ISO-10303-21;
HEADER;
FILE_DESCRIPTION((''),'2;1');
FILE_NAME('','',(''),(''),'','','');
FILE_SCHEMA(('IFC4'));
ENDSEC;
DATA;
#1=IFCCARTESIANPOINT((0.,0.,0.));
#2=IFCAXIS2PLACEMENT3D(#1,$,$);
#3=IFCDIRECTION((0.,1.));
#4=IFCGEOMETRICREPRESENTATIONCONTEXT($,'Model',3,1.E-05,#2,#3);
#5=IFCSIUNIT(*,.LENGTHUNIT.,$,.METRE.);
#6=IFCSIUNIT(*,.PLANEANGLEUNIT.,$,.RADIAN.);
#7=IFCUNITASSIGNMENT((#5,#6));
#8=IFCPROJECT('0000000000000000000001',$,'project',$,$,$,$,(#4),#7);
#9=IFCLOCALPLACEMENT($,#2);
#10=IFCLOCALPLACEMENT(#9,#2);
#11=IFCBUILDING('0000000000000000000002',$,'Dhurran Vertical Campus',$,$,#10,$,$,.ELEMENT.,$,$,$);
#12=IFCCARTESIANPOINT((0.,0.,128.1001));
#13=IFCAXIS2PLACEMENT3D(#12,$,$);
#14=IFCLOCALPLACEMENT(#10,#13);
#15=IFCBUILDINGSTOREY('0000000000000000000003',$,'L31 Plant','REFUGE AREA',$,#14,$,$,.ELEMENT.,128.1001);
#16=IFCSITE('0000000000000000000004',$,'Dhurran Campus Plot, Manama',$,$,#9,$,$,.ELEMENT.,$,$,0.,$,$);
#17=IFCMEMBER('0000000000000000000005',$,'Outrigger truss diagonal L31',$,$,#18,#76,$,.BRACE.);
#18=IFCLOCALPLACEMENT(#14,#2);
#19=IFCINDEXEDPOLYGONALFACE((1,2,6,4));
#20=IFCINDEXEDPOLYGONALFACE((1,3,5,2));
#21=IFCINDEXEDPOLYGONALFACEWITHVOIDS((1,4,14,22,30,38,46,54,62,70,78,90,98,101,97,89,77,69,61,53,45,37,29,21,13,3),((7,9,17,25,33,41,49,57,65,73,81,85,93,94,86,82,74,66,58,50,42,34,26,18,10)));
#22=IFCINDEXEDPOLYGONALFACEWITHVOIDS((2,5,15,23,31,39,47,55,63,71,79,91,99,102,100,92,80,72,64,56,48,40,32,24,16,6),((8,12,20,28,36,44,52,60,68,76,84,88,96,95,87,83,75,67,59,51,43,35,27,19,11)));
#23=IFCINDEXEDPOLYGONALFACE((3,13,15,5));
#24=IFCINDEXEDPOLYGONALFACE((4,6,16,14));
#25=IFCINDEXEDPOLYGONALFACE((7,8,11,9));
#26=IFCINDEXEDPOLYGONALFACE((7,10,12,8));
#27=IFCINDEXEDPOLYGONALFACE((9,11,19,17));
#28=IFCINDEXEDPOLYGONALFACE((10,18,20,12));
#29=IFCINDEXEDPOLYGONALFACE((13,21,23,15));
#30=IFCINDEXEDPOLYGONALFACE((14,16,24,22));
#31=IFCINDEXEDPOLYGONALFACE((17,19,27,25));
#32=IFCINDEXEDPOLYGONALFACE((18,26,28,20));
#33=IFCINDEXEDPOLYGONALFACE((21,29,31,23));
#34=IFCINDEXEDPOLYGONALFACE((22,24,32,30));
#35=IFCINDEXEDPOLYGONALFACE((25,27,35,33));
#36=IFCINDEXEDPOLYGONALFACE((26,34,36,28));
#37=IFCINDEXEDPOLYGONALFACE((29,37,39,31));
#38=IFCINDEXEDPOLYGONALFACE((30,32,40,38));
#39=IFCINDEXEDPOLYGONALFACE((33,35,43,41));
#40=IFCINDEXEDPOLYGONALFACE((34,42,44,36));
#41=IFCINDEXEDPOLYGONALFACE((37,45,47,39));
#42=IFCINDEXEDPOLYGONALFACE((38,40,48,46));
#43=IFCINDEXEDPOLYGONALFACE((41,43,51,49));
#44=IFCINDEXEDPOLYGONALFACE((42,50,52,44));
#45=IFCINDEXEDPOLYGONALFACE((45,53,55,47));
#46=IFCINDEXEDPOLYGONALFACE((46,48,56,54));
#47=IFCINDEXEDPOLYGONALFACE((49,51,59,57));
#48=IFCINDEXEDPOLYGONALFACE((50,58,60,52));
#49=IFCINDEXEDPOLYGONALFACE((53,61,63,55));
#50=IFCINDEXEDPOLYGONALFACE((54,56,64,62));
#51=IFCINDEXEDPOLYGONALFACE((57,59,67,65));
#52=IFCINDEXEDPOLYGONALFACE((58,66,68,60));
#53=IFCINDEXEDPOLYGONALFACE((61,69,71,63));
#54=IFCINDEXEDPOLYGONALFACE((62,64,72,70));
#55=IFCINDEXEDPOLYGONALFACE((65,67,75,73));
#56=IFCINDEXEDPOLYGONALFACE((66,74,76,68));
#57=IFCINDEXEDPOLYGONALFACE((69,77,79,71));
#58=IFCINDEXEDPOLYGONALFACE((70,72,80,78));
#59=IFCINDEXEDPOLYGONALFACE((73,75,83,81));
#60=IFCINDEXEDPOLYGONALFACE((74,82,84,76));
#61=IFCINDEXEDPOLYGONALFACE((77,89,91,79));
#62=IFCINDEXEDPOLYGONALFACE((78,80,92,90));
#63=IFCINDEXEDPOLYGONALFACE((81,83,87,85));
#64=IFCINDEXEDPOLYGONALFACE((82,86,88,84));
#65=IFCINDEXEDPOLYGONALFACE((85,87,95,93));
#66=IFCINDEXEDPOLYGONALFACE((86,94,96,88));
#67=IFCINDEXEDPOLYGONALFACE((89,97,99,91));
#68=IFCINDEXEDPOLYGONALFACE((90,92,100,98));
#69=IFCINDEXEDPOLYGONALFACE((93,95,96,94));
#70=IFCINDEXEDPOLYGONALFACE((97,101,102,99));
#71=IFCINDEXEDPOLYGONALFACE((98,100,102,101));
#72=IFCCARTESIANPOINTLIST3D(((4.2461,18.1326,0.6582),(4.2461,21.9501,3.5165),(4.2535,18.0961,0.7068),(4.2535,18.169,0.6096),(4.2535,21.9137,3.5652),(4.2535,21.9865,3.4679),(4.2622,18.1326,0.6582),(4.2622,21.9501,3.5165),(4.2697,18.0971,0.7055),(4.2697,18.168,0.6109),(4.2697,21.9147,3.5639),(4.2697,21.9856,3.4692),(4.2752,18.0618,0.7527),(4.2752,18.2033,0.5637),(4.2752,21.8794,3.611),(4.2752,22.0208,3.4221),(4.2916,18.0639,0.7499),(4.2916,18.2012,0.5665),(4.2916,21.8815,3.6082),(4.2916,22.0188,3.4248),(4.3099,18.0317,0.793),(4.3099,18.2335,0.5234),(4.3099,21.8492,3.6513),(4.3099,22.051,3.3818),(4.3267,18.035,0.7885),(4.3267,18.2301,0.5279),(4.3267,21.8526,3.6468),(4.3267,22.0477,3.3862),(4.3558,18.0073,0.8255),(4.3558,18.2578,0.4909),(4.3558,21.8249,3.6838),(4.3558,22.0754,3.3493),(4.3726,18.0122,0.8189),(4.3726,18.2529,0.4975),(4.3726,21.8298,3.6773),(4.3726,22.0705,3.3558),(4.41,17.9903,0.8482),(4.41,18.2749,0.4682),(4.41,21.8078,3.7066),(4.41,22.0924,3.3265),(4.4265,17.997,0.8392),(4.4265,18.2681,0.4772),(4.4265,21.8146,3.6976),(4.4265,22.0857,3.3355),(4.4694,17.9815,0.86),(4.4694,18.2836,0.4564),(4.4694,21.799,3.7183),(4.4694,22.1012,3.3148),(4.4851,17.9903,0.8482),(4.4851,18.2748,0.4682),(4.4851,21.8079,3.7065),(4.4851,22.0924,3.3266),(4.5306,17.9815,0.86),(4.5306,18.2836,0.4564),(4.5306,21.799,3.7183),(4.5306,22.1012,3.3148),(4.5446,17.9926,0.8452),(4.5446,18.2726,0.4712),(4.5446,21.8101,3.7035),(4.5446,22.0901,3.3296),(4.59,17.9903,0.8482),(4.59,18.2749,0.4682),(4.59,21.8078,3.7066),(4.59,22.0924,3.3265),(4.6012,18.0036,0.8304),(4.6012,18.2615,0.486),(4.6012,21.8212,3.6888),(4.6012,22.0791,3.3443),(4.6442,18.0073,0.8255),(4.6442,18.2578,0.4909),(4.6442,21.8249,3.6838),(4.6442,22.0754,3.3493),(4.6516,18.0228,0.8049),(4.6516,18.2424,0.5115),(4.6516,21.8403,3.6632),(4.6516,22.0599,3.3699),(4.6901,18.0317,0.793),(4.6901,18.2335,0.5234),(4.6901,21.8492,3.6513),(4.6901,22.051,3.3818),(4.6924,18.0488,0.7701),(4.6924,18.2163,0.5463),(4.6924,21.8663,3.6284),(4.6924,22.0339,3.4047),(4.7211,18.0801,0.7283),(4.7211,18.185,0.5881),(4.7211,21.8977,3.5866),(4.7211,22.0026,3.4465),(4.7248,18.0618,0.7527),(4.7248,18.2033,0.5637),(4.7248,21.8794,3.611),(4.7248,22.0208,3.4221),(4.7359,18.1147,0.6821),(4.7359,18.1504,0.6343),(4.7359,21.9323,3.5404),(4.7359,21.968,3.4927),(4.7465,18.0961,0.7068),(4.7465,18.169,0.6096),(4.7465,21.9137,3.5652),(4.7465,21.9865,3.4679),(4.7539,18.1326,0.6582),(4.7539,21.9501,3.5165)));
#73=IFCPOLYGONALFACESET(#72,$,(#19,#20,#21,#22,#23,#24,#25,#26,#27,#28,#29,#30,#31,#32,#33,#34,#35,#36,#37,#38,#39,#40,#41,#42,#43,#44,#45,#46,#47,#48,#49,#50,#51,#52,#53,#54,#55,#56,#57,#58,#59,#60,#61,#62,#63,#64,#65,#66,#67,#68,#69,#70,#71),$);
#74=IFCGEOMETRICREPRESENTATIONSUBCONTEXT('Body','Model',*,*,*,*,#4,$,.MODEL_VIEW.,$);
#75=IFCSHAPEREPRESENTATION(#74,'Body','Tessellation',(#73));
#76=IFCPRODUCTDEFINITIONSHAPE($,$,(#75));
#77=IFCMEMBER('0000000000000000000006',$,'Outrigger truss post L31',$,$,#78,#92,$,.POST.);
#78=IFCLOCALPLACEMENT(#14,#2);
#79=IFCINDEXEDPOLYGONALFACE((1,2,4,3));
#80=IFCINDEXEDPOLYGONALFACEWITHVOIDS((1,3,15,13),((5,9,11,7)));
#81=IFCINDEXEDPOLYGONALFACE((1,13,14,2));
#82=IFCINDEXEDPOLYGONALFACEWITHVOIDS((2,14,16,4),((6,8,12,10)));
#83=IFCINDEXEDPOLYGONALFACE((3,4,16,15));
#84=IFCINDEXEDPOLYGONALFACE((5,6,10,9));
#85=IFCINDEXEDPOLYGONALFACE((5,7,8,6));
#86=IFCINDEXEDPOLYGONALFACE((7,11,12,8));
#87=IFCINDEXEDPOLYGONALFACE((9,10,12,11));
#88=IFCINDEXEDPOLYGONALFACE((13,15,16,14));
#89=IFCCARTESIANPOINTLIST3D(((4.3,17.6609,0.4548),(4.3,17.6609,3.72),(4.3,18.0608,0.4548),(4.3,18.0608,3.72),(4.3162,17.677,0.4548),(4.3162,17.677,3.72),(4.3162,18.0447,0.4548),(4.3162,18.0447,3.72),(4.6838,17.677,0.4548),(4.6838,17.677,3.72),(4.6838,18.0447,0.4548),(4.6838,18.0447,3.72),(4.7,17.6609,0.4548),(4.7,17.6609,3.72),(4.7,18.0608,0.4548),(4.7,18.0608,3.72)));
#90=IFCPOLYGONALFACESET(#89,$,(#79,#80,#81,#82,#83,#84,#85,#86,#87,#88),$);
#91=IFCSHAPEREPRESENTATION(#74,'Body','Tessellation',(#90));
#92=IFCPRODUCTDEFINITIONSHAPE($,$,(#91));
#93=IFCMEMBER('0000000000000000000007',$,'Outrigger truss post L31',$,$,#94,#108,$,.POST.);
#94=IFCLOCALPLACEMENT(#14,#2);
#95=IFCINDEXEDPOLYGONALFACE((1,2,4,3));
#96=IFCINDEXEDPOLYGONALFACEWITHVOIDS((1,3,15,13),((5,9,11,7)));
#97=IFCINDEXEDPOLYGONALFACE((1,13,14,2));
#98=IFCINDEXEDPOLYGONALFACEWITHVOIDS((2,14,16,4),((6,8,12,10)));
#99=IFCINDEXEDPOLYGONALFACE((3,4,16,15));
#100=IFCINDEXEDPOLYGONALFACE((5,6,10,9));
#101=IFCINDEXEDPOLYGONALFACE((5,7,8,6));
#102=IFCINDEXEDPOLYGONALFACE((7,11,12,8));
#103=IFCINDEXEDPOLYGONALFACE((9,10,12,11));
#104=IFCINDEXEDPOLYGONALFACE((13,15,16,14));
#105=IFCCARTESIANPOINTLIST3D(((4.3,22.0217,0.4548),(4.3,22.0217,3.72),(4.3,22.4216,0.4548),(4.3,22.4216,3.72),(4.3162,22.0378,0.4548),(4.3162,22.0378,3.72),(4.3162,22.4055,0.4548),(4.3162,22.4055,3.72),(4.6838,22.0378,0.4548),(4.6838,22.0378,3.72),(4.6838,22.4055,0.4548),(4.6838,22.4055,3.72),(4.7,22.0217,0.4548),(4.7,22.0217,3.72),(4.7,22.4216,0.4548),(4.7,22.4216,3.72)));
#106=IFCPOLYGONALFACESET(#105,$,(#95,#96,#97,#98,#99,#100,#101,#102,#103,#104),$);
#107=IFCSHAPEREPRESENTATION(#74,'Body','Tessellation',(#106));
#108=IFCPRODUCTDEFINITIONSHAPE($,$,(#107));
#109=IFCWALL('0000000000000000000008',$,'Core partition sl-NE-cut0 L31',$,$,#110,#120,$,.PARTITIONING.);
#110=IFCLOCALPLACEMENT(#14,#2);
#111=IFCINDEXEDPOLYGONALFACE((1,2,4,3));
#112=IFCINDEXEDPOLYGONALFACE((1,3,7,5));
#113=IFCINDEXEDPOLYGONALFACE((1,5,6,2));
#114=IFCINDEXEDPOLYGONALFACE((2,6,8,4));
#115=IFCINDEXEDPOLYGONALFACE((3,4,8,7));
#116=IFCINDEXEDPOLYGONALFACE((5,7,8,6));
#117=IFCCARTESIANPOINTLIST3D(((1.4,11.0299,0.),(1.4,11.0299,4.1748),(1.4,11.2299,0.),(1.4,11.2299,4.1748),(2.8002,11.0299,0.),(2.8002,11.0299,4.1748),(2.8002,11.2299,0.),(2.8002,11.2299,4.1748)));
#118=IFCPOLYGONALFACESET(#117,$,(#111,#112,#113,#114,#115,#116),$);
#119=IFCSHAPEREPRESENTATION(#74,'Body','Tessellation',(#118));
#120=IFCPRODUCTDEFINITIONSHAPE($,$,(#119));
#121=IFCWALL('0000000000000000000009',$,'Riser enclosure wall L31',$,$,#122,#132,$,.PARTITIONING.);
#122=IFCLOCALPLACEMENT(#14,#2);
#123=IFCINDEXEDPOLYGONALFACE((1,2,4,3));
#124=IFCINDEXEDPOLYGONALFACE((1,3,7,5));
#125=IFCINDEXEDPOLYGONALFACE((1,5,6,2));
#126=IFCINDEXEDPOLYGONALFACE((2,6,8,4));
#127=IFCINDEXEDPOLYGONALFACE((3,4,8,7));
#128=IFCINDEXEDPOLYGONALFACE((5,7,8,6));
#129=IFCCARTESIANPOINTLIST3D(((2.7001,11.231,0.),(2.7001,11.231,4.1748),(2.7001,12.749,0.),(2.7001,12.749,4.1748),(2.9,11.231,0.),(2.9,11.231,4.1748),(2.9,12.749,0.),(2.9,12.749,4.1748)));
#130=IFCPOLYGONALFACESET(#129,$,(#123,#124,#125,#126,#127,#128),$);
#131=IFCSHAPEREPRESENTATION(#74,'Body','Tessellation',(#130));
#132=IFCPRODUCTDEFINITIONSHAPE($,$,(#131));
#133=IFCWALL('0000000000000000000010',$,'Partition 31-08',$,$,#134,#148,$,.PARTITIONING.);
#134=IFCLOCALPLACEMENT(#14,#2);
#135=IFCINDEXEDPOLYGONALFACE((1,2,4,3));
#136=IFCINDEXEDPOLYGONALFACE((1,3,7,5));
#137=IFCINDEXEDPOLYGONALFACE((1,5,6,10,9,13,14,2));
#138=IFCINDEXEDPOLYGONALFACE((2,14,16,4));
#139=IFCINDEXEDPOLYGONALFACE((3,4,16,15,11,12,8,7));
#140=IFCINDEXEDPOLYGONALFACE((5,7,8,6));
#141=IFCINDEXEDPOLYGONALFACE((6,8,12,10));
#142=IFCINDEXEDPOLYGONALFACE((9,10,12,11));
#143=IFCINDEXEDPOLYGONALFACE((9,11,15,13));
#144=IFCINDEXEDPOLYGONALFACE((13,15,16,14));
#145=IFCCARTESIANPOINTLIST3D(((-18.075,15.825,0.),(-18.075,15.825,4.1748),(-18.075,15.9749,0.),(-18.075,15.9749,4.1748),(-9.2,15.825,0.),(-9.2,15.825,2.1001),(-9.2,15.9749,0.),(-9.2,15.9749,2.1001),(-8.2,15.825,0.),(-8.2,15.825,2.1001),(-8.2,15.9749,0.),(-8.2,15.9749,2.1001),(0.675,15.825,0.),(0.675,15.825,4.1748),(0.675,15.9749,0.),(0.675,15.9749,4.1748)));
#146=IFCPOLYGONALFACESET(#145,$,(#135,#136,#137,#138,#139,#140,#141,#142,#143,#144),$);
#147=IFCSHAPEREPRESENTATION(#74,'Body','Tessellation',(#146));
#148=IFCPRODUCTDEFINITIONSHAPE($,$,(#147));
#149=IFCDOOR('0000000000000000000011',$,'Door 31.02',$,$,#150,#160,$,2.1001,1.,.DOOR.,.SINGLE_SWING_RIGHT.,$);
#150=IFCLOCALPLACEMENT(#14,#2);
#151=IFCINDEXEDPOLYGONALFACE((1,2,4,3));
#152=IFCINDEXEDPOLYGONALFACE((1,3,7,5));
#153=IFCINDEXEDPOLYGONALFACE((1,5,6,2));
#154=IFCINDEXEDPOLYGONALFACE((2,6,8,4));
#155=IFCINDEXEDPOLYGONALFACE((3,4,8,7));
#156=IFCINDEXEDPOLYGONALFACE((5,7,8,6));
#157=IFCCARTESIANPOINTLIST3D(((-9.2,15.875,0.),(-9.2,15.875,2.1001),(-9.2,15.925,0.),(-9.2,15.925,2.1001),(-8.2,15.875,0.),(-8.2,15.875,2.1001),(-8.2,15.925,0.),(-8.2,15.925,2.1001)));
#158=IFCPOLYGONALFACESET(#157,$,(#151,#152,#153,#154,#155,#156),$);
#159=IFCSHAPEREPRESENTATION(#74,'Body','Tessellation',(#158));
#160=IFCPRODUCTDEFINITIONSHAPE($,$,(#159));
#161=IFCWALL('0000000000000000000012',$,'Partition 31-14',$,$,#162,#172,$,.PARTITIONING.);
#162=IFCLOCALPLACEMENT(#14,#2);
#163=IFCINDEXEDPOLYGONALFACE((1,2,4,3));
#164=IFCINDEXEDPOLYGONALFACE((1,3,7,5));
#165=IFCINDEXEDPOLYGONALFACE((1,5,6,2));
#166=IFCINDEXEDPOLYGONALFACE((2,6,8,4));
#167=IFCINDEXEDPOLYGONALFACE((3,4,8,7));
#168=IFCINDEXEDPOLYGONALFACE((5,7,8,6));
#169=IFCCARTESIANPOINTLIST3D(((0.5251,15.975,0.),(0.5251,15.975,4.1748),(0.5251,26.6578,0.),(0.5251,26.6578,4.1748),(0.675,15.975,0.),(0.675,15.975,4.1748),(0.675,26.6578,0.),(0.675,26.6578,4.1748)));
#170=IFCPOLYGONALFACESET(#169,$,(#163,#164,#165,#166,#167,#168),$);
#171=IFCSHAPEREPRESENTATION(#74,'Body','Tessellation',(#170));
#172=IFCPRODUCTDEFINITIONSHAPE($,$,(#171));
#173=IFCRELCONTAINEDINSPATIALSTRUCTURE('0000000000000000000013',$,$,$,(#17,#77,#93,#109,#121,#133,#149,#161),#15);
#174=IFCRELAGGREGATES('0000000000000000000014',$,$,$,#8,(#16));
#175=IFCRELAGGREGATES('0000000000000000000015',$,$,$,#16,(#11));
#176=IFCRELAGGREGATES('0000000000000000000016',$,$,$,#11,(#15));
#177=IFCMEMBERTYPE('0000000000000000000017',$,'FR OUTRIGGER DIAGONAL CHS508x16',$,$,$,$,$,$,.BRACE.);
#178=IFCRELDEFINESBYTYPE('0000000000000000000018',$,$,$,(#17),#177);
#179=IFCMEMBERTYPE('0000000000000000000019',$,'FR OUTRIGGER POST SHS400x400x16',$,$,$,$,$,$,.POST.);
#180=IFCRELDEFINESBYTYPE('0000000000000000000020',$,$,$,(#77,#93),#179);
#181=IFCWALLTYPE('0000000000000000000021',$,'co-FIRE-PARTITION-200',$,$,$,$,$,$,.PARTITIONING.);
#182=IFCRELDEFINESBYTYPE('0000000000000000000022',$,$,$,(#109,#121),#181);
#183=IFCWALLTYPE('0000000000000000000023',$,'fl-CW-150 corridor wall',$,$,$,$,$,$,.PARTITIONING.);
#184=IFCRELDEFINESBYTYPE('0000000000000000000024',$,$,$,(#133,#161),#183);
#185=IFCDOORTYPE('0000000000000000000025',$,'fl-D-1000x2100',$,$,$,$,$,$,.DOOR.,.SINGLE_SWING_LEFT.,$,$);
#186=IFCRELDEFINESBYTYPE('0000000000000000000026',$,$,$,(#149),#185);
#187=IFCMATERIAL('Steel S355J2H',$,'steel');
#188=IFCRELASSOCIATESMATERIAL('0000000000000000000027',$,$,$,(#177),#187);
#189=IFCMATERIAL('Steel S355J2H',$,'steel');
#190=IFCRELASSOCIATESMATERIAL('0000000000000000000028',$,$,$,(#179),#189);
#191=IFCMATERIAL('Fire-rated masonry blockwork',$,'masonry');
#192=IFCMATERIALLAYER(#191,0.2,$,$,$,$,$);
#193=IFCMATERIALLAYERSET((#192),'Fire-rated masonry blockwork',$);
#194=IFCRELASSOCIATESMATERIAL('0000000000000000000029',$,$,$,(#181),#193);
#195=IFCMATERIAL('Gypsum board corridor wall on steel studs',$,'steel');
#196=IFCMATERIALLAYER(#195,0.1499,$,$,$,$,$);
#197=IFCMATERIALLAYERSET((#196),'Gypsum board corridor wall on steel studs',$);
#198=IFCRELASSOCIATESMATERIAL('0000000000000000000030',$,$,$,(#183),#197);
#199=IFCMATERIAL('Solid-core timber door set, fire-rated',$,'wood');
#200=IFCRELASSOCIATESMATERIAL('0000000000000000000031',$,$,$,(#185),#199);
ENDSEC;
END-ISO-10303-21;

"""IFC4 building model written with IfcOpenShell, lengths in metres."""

from ifc_helpers import new_model, si_unit, direction, frame, frame_2d, origin, origin_2d, place, context, subcontext, project, spatial, rectangle, hollow_rectangle, hollow_circle, extrude, material, layer, layer_set, material_profile, profile_set, type_object, element, fill, save


model = new_model("IFC4")

# Units and contexts
model_context = context("Model", 3, precision=1e-05, world=origin(), true_north=direction((0.0, 1.0)))
body_context = subcontext(model_context, "Body", "Model", "MODEL_VIEW")
ifc_project = project(units=[si_unit("LENGTHUNIT", "METRE"), si_unit("PLANEANGLEUNIT", "RADIAN")], contexts=[model_context])

# Site, building, storey
site_placement = place(None, origin())
site = spatial("IfcSite", under=ifc_project, at=site_placement, Name="Dhurran Campus Plot, Manama", CompositionType="ELEMENT", RefElevation=0.0)
building_placement = place(site_placement, origin())
building = spatial("IfcBuilding", under=site, at=building_placement, Name="Dhurran Vertical Campus", CompositionType="ELEMENT")
storey_placement = place(building_placement, frame((0.0, 0.0, 128.1001)))
storey = spatial("IfcBuildingStorey", under=building, at=storey_placement, Name="L31 Plant", Description="REFUGE AREA", CompositionType="ELEMENT", Elevation=128.1001)

# Members
ifc_material_1 = material(Name="Steel S355J2H", Category="steel")
ifc_material_profile_1 = material_profile(ifc_material_1, hollow_circle(Radius=0.2539, WallThickness=0.0161, at=origin_2d()), Name="CHS508x16")
ifc_profile_set_1 = profile_set([ifc_material_profile_1], Name="Steel S355J2H")
member_type_1 = type_object("IfcMemberType", Name="FR OUTRIGGER DIAGONAL CHS508x16", PredefinedType="BRACE", material=ifc_profile_set_1)
member_1_placement = place(storey_placement, frame((4.5, 18.1326, 0.6582), z_axis=(0.0, 0.800485, 0.599353), x_axis=(-1.0, 0.0, 0.0)))
element("IfcMember", 1, at=member_1_placement, inside=storey, type_object=member_type_1, Name="Outrigger truss diagonal L31", PredefinedType="BRACE", context=body_context, shape_type="SweptSolid", body=[
    extrude(hollow_circle(Radius=0.2539, WallThickness=0.0161, at=origin_2d()), origin(), (0.0, 0.0, 1.0), 4.769),
])
ifc_material_2 = material(Name="Steel S355J2H", Category="steel")
ifc_material_profile_2 = material_profile(ifc_material_2, hollow_rectangle(XDim=0.3999, YDim=0.3999, WallThickness=0.0161, at=origin_2d()), Name="SHS400x400x16")
ifc_profile_set_2 = profile_set([ifc_material_profile_2], Name="Steel S355J2H")
member_type_2 = type_object("IfcMemberType", Name="FR OUTRIGGER POST SHS400x400x16", PredefinedType="POST", material=ifc_profile_set_2)
for number, where, z_axis, x_axis, name in (
    (2, (4.5, 17.8608, 0.4548), (0.0, 0.0, 1.0), (0.0, 1.0, 0.0), "Outrigger truss post L31"),
    (3, (4.5, 22.2217, 0.4548), (0.0, 0.0, 1.0), (0.0, 1.0, 0.0), "Outrigger truss post L31"),
):
    element("IfcMember", number, at=place(storey_placement, frame(where, z_axis=z_axis, x_axis=x_axis)), inside=storey, type_object=member_type_2, Name=name, PredefinedType="POST", context=body_context, shape_type="SweptSolid", body=[
        extrude(hollow_rectangle(XDim=0.3999, YDim=0.3999, WallThickness=0.0161, at=origin_2d()), origin(), (0.0, 0.0, 1.0), 3.2651),
    ])

# Walls
ifc_material_3 = material(Name="Fire-rated masonry blockwork", Category="masonry")
ifc_layer_1 = layer(ifc_material_3, 0.2)
ifc_layer_set_1 = layer_set([ifc_layer_1], Name="Fire-rated masonry blockwork")
wall_type_1 = type_object("IfcWallType", Name="co-FIRE-PARTITION-200", PredefinedType="PARTITIONING", material=ifc_layer_set_1)
wall_1_placement = place(storey_placement, frame((1.3999, 11.1299, 0.0), z_axis=(0.0, 0.0, 1.0), x_axis=(1.0, 0.0, 0.0)))
element("IfcWall", 4, at=wall_1_placement, inside=storey, type_object=wall_type_1, Name="Core partition sl-NE-cut0 L31", PredefinedType="PARTITIONING", context=body_context, shape_type="SweptSolid", body=[
    extrude(rectangle(XDim=1.4001, YDim=0.2, at=frame_2d((0.7002, 0.0))), origin(), (0.0, 0.0, 1.0), 4.1748),
])
wall_2_placement = place(storey_placement, frame((2.8, 12.749, 0.0), z_axis=(0.0, 0.0, 1.0), x_axis=(0.0, -1.0, 0.0)))
element("IfcWall", 5, at=wall_2_placement, inside=storey, type_object=wall_type_1, Name="Riser enclosure wall L31", PredefinedType="PARTITIONING", context=body_context, shape_type="SweptSolid", body=[
    extrude(rectangle(XDim=1.5181, YDim=0.2, at=frame_2d((0.759, 0.0))), origin(), (0.0, 0.0, 1.0), 4.1748),
])

# Wall, opening, door
ifc_material_4 = material(Name="Gypsum board corridor wall on steel studs", Category="steel")
ifc_layer_2 = layer(ifc_material_4, 0.1499)
ifc_layer_set_2 = layer_set([ifc_layer_2], Name="Gypsum board corridor wall on steel studs")
wall_type_2 = type_object("IfcWallType", Name="fl-CW-150 corridor wall", PredefinedType="PARTITIONING", material=ifc_layer_set_2)
wall_3_placement = place(storey_placement, frame((0.675, 15.8999, 0.0), z_axis=(0.0, 0.0, 1.0), x_axis=(-1.0, 0.0, 0.0)))
wall_3 = element("IfcWall", 6, at=wall_3_placement, inside=storey, type_object=wall_type_2, Name="Partition 31-08", PredefinedType="PARTITIONING", context=body_context, shape_type="SweptSolid", body=[
    extrude(rectangle(XDim=18.75, YDim=0.1499, at=frame_2d((9.375, 0.0))), origin(), (0.0, 0.0, 1.0), 4.1748),
])
opening_placement = place(wall_3_placement, frame((8.875, 0.0, 0.0)))
opening = element("IfcOpeningElement", 7, at=opening_placement, cuts=wall_3, PredefinedType="OPENING", context=body_context, shape_type="SweptSolid", body=[
    extrude(rectangle(XDim=1.0, YDim=2.1001, at=frame_2d((0.5, 1.05))), frame((0.0, 0.085, 0.0), z_axis=(0.0, -1.0, 0.0), x_axis=(1.0, 0.0, 0.0)), (0.0, 0.0, 1.0), 0.1699),
])
ifc_material_5 = material(Name="Solid-core timber door set, fire-rated", Category="wood")
door_type = type_object("IfcDoorType", Name="fl-D-1000x2100", OperationType="SINGLE_SWING_LEFT", PredefinedType="DOOR", material=ifc_material_5)
door_placement = place(opening_placement, origin())
door = element("IfcDoor", 8, at=door_placement, inside=storey, type_object=door_type, Name="Door 31.02", OperationType="SINGLE_SWING_RIGHT", OverallHeight=2.1001, OverallWidth=1.0, PredefinedType="DOOR", context=body_context, shape_type="SweptSolid", body=[
    extrude(rectangle(XDim=1.0, YDim=2.1001, at=frame_2d((0.5, 1.05))), frame((0.0, 0.0249, 0.0), z_axis=(0.0, -1.0, 0.0), x_axis=(1.0, 0.0, 0.0)), (0.0, 0.0, 1.0), 0.05),
])
fill(opening, door)

# Wall
wall_4_placement = place(storey_placement, frame((0.6001, 15.9751, 0.0), z_axis=(0.0, 0.0, 1.0), x_axis=(0.0, 1.0, 0.0)))
element("IfcWall", 9, at=wall_4_placement, inside=storey, type_object=wall_type_2, Name="Partition 31-14", PredefinedType="PARTITIONING", context=body_context, shape_type="SweptSolid", body=[
    extrude(rectangle(XDim=10.6829, YDim=0.1499, at=frame_2d((5.3413, 0.0))), origin(), (0.0, 0.0, 1.0), 4.1748),
])

save(model, "model.ifc")
